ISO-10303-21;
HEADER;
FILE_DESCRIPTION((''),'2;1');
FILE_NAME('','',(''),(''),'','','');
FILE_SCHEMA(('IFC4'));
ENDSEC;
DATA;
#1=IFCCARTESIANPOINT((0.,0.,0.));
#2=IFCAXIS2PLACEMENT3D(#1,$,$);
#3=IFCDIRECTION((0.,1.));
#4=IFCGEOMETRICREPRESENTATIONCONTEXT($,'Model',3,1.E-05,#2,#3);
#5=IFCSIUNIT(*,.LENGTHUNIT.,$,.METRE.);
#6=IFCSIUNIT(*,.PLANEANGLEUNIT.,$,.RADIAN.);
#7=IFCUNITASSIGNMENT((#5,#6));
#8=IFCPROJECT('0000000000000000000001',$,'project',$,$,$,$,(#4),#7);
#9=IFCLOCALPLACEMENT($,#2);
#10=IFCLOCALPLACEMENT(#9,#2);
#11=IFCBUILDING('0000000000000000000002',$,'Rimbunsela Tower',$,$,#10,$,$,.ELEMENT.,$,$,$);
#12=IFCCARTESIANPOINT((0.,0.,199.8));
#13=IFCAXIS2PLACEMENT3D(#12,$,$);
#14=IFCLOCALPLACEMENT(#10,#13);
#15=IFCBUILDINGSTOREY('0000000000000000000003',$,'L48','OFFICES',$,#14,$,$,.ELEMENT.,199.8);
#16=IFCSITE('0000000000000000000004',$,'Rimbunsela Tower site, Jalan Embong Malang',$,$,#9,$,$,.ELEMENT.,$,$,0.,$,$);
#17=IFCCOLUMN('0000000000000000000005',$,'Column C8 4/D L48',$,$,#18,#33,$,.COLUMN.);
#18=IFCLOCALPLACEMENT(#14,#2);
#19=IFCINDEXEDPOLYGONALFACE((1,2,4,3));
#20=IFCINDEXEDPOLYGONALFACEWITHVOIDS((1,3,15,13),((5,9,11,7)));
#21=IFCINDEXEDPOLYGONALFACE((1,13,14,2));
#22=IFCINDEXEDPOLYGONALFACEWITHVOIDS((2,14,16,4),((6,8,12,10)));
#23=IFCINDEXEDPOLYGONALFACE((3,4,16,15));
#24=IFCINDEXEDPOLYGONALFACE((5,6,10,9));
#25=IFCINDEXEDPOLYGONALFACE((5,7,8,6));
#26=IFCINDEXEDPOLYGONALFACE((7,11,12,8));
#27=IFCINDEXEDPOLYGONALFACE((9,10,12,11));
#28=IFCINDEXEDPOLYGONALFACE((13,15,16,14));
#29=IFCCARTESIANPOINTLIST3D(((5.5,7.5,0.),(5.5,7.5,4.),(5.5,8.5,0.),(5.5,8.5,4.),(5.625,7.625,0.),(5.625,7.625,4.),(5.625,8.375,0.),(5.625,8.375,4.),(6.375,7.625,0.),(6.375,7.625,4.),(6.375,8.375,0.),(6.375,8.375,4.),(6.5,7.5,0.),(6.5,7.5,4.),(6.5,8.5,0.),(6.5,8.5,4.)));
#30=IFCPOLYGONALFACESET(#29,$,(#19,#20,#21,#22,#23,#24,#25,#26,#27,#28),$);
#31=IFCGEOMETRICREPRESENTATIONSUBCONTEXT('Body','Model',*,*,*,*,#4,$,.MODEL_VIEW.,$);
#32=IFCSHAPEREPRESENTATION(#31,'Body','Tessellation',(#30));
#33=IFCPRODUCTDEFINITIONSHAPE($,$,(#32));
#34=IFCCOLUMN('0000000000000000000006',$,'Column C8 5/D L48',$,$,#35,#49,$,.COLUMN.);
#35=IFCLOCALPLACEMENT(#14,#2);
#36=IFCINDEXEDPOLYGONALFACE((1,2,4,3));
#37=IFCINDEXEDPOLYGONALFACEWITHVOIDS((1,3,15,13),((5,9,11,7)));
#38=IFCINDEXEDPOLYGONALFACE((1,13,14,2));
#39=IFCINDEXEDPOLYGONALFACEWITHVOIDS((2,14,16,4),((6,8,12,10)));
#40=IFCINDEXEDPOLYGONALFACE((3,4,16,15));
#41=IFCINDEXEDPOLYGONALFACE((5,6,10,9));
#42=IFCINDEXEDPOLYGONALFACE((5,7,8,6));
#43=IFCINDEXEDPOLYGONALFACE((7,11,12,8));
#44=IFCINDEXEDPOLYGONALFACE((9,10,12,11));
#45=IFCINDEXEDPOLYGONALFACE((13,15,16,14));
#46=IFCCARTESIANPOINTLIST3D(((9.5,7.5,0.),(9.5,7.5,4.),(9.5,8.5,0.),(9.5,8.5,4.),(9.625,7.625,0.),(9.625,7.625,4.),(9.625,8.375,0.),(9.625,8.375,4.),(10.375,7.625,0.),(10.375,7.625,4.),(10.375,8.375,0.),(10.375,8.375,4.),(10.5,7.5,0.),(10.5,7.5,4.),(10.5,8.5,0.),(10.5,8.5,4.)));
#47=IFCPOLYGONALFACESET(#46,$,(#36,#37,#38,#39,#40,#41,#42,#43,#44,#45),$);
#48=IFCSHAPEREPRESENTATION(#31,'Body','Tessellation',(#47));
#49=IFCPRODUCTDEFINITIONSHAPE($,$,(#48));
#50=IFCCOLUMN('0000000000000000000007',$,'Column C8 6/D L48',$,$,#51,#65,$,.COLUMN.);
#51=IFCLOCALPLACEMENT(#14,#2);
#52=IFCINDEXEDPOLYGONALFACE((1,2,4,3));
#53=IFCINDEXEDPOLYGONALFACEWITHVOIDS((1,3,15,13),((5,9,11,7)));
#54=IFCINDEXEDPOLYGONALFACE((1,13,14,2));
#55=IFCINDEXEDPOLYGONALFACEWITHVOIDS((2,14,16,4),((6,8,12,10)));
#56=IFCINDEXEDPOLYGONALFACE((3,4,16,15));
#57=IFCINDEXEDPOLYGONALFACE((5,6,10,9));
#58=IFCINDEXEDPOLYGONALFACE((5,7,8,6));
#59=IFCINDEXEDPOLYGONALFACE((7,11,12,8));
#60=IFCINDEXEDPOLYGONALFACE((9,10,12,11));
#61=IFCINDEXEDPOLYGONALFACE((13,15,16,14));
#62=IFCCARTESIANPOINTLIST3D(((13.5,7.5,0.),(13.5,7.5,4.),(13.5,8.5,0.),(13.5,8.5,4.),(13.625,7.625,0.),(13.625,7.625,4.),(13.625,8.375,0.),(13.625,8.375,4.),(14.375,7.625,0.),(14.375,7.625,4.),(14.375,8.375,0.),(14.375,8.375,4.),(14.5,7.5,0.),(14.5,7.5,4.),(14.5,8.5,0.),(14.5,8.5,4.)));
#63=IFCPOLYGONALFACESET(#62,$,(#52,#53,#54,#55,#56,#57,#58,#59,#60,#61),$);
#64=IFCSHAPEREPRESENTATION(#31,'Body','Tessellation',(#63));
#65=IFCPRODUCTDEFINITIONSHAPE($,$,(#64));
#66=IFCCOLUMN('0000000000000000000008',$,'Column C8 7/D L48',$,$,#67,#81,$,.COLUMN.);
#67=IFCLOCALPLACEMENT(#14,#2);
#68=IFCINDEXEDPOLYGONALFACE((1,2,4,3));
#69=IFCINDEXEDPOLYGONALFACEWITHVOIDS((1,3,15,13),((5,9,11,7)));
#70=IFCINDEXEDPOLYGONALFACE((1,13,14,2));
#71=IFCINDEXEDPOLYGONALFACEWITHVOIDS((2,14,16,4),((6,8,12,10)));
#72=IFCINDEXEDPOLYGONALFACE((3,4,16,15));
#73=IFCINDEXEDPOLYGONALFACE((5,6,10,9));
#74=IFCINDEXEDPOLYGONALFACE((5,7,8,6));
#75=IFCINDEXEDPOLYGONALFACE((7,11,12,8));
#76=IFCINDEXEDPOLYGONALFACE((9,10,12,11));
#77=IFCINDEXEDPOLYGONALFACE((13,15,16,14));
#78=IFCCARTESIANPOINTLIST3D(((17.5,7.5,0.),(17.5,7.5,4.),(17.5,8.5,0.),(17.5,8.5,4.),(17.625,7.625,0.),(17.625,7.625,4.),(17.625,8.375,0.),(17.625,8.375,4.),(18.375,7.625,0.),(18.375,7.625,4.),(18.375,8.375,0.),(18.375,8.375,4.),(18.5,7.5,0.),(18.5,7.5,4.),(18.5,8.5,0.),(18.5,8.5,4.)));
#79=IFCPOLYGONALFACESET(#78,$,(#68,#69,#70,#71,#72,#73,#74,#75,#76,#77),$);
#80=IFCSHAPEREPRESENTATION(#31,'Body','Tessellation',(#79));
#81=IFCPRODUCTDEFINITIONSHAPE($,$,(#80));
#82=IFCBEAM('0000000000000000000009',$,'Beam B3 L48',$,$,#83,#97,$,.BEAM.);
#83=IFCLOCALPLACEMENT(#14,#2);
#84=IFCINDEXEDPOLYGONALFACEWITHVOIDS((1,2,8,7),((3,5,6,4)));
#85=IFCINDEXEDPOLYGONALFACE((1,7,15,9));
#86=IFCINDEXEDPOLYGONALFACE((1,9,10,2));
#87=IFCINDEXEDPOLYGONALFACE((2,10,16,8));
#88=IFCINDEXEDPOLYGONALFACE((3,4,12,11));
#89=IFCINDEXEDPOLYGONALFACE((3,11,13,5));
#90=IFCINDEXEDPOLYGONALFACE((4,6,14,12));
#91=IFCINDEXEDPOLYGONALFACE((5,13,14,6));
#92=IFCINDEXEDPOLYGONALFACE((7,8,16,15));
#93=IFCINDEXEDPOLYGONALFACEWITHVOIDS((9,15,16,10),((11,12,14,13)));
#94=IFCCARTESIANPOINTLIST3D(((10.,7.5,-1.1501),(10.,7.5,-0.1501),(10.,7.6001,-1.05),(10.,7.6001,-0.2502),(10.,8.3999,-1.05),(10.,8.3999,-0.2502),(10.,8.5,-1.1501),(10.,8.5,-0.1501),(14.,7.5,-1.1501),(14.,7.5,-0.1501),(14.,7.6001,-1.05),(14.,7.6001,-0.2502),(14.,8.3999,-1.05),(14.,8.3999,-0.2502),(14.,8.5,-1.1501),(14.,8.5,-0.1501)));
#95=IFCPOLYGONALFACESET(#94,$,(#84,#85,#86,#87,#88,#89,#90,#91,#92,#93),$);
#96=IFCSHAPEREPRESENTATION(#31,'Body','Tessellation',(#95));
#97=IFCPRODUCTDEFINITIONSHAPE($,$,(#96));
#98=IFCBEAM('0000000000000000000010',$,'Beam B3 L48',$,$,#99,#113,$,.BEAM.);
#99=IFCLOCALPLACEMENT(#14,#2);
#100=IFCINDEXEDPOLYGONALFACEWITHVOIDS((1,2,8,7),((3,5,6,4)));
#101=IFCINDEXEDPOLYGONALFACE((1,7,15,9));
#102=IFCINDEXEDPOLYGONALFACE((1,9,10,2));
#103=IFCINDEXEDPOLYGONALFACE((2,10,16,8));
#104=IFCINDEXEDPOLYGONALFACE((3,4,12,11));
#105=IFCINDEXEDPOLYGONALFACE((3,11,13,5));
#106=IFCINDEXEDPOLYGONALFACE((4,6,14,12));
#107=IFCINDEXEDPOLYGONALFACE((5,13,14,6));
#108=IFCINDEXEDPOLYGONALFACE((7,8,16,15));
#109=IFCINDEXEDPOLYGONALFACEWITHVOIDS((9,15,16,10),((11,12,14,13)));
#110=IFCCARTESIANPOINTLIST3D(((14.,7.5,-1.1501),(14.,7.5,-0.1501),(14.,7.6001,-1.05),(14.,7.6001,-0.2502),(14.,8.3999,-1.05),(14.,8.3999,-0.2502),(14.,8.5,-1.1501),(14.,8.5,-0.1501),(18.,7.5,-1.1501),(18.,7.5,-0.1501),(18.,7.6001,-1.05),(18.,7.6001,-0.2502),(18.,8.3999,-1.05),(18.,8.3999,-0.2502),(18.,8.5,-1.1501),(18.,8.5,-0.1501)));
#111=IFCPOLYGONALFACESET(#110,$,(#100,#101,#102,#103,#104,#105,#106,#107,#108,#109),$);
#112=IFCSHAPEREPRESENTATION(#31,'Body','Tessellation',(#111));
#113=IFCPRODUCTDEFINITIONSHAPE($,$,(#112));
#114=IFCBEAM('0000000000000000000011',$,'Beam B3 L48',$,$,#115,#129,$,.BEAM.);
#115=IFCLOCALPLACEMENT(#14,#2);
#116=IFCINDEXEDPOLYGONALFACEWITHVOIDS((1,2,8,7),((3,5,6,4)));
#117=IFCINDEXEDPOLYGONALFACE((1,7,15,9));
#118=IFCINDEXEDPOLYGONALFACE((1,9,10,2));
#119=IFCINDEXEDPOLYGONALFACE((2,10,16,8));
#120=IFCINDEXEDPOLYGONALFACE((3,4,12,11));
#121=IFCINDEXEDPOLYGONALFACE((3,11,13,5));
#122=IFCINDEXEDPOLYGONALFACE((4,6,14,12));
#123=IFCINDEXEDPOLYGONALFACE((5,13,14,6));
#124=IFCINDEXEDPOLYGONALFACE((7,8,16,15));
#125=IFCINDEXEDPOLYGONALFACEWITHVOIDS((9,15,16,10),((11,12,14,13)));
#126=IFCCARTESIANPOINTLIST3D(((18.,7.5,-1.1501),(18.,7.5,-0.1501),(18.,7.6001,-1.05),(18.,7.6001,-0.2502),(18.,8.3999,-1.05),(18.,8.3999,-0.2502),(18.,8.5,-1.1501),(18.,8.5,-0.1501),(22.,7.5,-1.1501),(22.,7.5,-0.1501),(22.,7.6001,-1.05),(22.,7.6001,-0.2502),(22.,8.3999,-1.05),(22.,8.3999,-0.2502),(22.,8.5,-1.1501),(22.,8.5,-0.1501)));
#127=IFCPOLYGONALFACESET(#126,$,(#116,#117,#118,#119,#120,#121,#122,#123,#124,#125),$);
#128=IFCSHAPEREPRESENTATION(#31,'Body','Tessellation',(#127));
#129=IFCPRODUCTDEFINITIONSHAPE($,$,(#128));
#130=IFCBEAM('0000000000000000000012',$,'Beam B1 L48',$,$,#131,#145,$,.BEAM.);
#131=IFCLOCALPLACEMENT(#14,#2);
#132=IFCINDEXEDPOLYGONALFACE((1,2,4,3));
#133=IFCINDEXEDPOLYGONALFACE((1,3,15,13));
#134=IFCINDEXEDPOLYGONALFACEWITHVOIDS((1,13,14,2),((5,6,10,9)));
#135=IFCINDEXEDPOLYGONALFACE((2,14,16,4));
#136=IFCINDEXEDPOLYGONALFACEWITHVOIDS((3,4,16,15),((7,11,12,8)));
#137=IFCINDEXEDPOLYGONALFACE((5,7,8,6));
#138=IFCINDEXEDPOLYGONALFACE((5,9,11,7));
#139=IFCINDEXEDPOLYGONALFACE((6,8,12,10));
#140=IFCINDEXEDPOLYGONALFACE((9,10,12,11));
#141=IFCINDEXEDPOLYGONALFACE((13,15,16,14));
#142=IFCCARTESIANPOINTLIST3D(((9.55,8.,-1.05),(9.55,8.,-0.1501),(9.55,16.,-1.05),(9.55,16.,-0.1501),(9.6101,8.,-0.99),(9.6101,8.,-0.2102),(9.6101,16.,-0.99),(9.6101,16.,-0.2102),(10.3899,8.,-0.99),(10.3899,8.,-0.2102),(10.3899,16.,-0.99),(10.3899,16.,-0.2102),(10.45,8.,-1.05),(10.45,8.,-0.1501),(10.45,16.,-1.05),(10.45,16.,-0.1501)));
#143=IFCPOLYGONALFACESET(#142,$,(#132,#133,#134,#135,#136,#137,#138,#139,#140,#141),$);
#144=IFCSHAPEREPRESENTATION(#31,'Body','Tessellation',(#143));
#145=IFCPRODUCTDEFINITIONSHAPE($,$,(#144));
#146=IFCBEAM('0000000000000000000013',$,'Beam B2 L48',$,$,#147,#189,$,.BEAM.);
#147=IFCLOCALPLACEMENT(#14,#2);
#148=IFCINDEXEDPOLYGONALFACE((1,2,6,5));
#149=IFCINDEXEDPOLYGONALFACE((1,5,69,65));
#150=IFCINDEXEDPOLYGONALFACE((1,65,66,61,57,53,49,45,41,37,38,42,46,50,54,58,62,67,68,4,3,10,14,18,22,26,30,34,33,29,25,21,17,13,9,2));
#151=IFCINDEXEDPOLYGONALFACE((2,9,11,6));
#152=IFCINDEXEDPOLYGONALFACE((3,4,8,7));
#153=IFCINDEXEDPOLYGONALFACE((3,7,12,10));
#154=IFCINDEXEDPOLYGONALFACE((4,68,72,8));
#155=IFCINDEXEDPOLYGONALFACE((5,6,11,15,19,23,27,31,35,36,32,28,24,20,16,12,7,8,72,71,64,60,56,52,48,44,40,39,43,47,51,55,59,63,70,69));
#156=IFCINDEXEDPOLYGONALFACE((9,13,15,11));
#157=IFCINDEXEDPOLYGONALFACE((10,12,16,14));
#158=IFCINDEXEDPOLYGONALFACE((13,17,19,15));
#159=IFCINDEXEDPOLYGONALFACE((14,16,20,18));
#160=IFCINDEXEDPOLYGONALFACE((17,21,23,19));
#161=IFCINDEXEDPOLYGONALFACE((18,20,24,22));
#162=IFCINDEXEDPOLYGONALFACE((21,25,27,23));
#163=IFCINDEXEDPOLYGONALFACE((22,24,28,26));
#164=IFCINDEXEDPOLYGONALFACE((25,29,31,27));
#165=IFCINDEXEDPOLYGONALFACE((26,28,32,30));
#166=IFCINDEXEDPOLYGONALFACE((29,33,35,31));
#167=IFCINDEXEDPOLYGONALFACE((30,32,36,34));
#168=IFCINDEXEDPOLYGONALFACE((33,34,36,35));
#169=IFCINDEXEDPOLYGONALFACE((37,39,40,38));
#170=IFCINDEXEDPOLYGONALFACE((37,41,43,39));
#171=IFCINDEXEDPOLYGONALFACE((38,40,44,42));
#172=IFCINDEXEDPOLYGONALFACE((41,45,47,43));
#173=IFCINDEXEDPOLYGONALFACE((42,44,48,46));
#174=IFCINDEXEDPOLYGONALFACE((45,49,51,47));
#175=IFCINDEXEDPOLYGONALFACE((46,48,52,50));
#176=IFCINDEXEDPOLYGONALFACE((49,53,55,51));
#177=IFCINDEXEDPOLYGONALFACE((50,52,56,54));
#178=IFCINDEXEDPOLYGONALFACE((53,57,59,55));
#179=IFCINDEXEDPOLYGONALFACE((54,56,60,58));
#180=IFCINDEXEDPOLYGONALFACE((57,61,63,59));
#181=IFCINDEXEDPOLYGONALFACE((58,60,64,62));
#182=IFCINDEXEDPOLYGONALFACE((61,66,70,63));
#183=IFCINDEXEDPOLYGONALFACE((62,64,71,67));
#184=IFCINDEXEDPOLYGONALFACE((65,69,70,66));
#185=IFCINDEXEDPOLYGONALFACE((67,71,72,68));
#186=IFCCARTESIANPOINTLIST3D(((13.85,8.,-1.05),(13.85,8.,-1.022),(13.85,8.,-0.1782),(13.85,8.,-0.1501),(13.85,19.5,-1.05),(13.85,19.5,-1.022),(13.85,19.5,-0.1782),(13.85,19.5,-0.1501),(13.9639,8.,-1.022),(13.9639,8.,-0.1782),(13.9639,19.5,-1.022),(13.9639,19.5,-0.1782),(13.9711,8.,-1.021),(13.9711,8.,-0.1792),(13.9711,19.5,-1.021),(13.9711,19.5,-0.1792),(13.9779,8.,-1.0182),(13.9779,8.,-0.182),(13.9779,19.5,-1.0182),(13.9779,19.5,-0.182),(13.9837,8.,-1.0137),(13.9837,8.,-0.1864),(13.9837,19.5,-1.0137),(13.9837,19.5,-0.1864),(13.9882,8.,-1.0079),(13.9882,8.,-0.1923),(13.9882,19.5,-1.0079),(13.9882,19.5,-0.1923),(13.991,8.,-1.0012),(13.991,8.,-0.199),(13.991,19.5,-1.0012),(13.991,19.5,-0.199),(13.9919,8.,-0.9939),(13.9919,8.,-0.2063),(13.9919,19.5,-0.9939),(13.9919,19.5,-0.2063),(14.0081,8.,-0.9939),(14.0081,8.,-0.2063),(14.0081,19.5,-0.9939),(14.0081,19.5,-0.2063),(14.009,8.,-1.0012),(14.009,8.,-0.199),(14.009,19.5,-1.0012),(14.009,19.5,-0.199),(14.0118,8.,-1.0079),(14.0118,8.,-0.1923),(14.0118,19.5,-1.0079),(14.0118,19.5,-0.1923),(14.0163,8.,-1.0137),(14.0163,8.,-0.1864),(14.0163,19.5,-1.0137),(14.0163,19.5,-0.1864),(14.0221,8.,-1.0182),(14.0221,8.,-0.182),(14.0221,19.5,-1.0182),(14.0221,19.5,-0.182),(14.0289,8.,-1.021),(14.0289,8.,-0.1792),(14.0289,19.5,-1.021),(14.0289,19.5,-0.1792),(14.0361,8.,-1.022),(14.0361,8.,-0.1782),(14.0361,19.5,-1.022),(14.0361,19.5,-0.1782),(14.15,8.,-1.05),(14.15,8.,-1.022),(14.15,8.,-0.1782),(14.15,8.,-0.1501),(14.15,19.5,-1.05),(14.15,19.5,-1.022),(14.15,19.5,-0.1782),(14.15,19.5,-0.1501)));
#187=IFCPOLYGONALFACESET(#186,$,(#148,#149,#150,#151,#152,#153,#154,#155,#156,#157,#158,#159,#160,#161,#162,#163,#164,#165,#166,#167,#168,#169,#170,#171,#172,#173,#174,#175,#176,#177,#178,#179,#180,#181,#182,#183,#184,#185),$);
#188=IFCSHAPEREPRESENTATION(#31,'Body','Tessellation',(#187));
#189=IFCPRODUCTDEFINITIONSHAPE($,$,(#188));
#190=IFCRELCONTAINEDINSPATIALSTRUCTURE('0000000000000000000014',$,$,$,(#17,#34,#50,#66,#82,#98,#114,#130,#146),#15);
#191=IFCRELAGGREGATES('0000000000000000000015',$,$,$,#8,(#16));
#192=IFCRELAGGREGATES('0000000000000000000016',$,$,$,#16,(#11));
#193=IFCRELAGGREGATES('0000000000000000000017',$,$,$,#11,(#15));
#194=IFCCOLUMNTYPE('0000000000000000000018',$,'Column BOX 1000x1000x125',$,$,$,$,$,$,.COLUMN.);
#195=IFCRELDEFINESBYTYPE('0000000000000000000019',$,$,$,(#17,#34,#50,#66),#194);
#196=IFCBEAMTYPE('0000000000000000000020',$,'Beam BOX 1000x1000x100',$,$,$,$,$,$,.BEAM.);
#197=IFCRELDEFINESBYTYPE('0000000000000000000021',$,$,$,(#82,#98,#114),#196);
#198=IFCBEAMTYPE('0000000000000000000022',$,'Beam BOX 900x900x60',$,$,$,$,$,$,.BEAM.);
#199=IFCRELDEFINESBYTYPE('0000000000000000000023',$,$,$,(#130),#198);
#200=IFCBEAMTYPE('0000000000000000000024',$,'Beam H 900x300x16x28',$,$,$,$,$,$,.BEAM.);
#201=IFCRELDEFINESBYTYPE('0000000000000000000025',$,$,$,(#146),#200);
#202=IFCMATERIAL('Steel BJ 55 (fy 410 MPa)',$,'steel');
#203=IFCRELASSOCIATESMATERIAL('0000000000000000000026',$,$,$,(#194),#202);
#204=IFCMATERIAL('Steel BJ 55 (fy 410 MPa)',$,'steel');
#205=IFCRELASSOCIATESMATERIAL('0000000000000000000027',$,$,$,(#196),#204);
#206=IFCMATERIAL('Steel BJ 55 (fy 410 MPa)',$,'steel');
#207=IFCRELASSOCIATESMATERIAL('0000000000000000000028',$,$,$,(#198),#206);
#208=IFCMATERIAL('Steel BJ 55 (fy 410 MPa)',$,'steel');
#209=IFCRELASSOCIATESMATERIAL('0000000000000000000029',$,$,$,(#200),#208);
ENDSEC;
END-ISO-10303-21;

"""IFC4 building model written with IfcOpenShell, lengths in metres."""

from ifc_helpers import new_model, si_unit, direction, frame, origin, origin_2d, place, context, subcontext, project, spatial, hollow_rectangle, i_section, extrude, material, material_profile, profile_set, type_object, element, save


model = new_model("IFC4")

# Units and contexts
model_context = context("Model", 3, precision=1e-05, world=origin(), true_north=direction((0.0, 1.0)))
body_context = subcontext(model_context, "Body", "Model", "MODEL_VIEW")
ifc_project = project(units=[si_unit("LENGTHUNIT", "METRE"), si_unit("PLANEANGLEUNIT", "RADIAN")], contexts=[model_context])

# Site, building, storey
site_placement = place(None, origin())
site = spatial("IfcSite", under=ifc_project, at=site_placement, Name="Rimbunsela Tower site, Jalan Embong Malang", CompositionType="ELEMENT", RefElevation=0.0)
building_placement = place(site_placement, origin())
building = spatial("IfcBuilding", under=site, at=building_placement, Name="Rimbunsela Tower", CompositionType="ELEMENT")
storey_placement = place(building_placement, frame((0.0, 0.0, 199.8)))
storey = spatial("IfcBuildingStorey", under=building, at=storey_placement, Name="L48", Description="OFFICES", CompositionType="ELEMENT", Elevation=199.8)

# Columns
ifc_material_1 = material(Name="Steel BJ 55 (fy 410 MPa)", Category="steel")
ifc_material_profile_1 = material_profile(ifc_material_1, hollow_rectangle(XDim=1.0, YDim=1.0, WallThickness=0.125, at=origin_2d()), Name="BOX 1000x1000x125")
ifc_profile_set_1 = profile_set([ifc_material_profile_1], Name="Steel BJ 55 (fy 410 MPa)")
column_type = type_object("IfcColumnType", Name="Column BOX 1000x1000x125", PredefinedType="COLUMN", material=ifc_profile_set_1)
for number, where, z_axis, x_axis, name in (
    (1, (6.0, 8.0, 0.0), (0.0, 0.0, 1.0), (1.0, 0.0, 0.0), "Column C8 4/D L48"),
    (2, (10.0, 8.0, 0.0), (0.0, 0.0, 1.0), (1.0, 0.0, 0.0), "Column C8 5/D L48"),
    (3, (14.0, 8.0, 0.0), (0.0, 0.0, 1.0), (1.0, 0.0, 0.0), "Column C8 6/D L48"),
    (4, (18.0, 8.0, 0.0), (0.0, 0.0, 1.0), (1.0, 0.0, 0.0), "Column C8 7/D L48"),
):
    element("IfcColumn", number, at=place(storey_placement, frame(where, z_axis=z_axis, x_axis=x_axis)), inside=storey, type_object=column_type, Name=name, PredefinedType="COLUMN", context=body_context, shape_type="SweptSolid", body=[
        extrude(hollow_rectangle(XDim=1.0, YDim=1.0, WallThickness=0.125, at=origin_2d()), origin(), (0.0, 0.0, 1.0), 4.0),
    ])

# Beams
ifc_material_2 = material(Name="Steel BJ 55 (fy 410 MPa)", Category="steel")
ifc_material_profile_2 = material_profile(ifc_material_2, hollow_rectangle(XDim=1.0, YDim=1.0, WallThickness=0.1001, at=origin_2d()), Name="BOX 1000x1000x100")
ifc_profile_set_2 = profile_set([ifc_material_profile_2], Name="Steel BJ 55 (fy 410 MPa)")
beam_type_1 = type_object("IfcBeamType", Name="Beam BOX 1000x1000x100", PredefinedType="BEAM", material=ifc_profile_set_2)
for number, where, z_axis, x_axis, name in (
    (5, (10.0, 8.0, -0.6501), (1.0, 0.0, 0.0), (0.0, 1.0, 0.0), "Beam B3 L48"),
    (6, (14.0, 8.0, -0.6501), (1.0, 0.0, 0.0), (0.0, 1.0, 0.0), "Beam B3 L48"),
    (7, (18.0, 8.0, -0.6501), (1.0, 0.0, 0.0), (0.0, 1.0, 0.0), "Beam B3 L48"),
):
    element("IfcBeam", number, at=place(storey_placement, frame(where, z_axis=z_axis, x_axis=x_axis)), inside=storey, type_object=beam_type_1, Name=name, PredefinedType="BEAM", context=body_context, shape_type="SweptSolid", body=[
        extrude(hollow_rectangle(XDim=1.0, YDim=1.0, WallThickness=0.1001, at=origin_2d()), origin(), (0.0, 0.0, 1.0), 4.0),
    ])
ifc_material_3 = material(Name="Steel BJ 55 (fy 410 MPa)", Category="steel")
ifc_material_profile_3 = material_profile(ifc_material_3, hollow_rectangle(XDim=0.8999, YDim=0.8999, WallThickness=0.0601, at=origin_2d()), Name="BOX 900x900x60")
ifc_profile_set_3 = profile_set([ifc_material_profile_3], Name="Steel BJ 55 (fy 410 MPa)")
beam_type_2 = type_object("IfcBeamType", Name="Beam BOX 900x900x60", PredefinedType="BEAM", material=ifc_profile_set_3)
beam_1_placement = place(storey_placement, frame((10.0, 8.0, -0.6001), z_axis=(0.0, 1.0, 0.0), x_axis=(-1.0, 0.0, 0.0)))
element("IfcBeam", 8, at=beam_1_placement, inside=storey, type_object=beam_type_2, Name="Beam B1 L48", PredefinedType="BEAM", context=body_context, shape_type="SweptSolid", body=[
    extrude(hollow_rectangle(XDim=0.8999, YDim=0.8999, WallThickness=0.0601, at=origin_2d()), origin(), (0.0, 0.0, 1.0), 8.0),
])
ifc_material_4 = material(Name="Steel BJ 55 (fy 410 MPa)", Category="steel")
ifc_material_profile_4 = material_profile(ifc_material_4, i_section(OverallWidth=0.3, OverallDepth=0.8999, WebThickness=0.0161, FlangeThickness=0.0281, FilletRadius=0.0281, at=origin_2d()), Name="H 900x300x16x28")
ifc_profile_set_4 = profile_set([ifc_material_profile_4], Name="Steel BJ 55 (fy 410 MPa)")
beam_type_3 = type_object("IfcBeamType", Name="Beam H 900x300x16x28", PredefinedType="BEAM", material=ifc_profile_set_4)
beam_2_placement = place(storey_placement, frame((14.0, 8.0, -0.6001), z_axis=(0.0, 1.0, 0.0), x_axis=(-1.0, 0.0, 0.0)))
element("IfcBeam", 9, at=beam_2_placement, inside=storey, type_object=beam_type_3, Name="Beam B2 L48", PredefinedType="BEAM", context=body_context, shape_type="SweptSolid", body=[
    extrude(i_section(OverallWidth=0.3, OverallDepth=0.8999, WebThickness=0.0161, FlangeThickness=0.0281, FilletRadius=0.0281, at=origin_2d()), origin(), (0.0, 0.0, 1.0), 11.5),
])

save(model, "model.ifc")
